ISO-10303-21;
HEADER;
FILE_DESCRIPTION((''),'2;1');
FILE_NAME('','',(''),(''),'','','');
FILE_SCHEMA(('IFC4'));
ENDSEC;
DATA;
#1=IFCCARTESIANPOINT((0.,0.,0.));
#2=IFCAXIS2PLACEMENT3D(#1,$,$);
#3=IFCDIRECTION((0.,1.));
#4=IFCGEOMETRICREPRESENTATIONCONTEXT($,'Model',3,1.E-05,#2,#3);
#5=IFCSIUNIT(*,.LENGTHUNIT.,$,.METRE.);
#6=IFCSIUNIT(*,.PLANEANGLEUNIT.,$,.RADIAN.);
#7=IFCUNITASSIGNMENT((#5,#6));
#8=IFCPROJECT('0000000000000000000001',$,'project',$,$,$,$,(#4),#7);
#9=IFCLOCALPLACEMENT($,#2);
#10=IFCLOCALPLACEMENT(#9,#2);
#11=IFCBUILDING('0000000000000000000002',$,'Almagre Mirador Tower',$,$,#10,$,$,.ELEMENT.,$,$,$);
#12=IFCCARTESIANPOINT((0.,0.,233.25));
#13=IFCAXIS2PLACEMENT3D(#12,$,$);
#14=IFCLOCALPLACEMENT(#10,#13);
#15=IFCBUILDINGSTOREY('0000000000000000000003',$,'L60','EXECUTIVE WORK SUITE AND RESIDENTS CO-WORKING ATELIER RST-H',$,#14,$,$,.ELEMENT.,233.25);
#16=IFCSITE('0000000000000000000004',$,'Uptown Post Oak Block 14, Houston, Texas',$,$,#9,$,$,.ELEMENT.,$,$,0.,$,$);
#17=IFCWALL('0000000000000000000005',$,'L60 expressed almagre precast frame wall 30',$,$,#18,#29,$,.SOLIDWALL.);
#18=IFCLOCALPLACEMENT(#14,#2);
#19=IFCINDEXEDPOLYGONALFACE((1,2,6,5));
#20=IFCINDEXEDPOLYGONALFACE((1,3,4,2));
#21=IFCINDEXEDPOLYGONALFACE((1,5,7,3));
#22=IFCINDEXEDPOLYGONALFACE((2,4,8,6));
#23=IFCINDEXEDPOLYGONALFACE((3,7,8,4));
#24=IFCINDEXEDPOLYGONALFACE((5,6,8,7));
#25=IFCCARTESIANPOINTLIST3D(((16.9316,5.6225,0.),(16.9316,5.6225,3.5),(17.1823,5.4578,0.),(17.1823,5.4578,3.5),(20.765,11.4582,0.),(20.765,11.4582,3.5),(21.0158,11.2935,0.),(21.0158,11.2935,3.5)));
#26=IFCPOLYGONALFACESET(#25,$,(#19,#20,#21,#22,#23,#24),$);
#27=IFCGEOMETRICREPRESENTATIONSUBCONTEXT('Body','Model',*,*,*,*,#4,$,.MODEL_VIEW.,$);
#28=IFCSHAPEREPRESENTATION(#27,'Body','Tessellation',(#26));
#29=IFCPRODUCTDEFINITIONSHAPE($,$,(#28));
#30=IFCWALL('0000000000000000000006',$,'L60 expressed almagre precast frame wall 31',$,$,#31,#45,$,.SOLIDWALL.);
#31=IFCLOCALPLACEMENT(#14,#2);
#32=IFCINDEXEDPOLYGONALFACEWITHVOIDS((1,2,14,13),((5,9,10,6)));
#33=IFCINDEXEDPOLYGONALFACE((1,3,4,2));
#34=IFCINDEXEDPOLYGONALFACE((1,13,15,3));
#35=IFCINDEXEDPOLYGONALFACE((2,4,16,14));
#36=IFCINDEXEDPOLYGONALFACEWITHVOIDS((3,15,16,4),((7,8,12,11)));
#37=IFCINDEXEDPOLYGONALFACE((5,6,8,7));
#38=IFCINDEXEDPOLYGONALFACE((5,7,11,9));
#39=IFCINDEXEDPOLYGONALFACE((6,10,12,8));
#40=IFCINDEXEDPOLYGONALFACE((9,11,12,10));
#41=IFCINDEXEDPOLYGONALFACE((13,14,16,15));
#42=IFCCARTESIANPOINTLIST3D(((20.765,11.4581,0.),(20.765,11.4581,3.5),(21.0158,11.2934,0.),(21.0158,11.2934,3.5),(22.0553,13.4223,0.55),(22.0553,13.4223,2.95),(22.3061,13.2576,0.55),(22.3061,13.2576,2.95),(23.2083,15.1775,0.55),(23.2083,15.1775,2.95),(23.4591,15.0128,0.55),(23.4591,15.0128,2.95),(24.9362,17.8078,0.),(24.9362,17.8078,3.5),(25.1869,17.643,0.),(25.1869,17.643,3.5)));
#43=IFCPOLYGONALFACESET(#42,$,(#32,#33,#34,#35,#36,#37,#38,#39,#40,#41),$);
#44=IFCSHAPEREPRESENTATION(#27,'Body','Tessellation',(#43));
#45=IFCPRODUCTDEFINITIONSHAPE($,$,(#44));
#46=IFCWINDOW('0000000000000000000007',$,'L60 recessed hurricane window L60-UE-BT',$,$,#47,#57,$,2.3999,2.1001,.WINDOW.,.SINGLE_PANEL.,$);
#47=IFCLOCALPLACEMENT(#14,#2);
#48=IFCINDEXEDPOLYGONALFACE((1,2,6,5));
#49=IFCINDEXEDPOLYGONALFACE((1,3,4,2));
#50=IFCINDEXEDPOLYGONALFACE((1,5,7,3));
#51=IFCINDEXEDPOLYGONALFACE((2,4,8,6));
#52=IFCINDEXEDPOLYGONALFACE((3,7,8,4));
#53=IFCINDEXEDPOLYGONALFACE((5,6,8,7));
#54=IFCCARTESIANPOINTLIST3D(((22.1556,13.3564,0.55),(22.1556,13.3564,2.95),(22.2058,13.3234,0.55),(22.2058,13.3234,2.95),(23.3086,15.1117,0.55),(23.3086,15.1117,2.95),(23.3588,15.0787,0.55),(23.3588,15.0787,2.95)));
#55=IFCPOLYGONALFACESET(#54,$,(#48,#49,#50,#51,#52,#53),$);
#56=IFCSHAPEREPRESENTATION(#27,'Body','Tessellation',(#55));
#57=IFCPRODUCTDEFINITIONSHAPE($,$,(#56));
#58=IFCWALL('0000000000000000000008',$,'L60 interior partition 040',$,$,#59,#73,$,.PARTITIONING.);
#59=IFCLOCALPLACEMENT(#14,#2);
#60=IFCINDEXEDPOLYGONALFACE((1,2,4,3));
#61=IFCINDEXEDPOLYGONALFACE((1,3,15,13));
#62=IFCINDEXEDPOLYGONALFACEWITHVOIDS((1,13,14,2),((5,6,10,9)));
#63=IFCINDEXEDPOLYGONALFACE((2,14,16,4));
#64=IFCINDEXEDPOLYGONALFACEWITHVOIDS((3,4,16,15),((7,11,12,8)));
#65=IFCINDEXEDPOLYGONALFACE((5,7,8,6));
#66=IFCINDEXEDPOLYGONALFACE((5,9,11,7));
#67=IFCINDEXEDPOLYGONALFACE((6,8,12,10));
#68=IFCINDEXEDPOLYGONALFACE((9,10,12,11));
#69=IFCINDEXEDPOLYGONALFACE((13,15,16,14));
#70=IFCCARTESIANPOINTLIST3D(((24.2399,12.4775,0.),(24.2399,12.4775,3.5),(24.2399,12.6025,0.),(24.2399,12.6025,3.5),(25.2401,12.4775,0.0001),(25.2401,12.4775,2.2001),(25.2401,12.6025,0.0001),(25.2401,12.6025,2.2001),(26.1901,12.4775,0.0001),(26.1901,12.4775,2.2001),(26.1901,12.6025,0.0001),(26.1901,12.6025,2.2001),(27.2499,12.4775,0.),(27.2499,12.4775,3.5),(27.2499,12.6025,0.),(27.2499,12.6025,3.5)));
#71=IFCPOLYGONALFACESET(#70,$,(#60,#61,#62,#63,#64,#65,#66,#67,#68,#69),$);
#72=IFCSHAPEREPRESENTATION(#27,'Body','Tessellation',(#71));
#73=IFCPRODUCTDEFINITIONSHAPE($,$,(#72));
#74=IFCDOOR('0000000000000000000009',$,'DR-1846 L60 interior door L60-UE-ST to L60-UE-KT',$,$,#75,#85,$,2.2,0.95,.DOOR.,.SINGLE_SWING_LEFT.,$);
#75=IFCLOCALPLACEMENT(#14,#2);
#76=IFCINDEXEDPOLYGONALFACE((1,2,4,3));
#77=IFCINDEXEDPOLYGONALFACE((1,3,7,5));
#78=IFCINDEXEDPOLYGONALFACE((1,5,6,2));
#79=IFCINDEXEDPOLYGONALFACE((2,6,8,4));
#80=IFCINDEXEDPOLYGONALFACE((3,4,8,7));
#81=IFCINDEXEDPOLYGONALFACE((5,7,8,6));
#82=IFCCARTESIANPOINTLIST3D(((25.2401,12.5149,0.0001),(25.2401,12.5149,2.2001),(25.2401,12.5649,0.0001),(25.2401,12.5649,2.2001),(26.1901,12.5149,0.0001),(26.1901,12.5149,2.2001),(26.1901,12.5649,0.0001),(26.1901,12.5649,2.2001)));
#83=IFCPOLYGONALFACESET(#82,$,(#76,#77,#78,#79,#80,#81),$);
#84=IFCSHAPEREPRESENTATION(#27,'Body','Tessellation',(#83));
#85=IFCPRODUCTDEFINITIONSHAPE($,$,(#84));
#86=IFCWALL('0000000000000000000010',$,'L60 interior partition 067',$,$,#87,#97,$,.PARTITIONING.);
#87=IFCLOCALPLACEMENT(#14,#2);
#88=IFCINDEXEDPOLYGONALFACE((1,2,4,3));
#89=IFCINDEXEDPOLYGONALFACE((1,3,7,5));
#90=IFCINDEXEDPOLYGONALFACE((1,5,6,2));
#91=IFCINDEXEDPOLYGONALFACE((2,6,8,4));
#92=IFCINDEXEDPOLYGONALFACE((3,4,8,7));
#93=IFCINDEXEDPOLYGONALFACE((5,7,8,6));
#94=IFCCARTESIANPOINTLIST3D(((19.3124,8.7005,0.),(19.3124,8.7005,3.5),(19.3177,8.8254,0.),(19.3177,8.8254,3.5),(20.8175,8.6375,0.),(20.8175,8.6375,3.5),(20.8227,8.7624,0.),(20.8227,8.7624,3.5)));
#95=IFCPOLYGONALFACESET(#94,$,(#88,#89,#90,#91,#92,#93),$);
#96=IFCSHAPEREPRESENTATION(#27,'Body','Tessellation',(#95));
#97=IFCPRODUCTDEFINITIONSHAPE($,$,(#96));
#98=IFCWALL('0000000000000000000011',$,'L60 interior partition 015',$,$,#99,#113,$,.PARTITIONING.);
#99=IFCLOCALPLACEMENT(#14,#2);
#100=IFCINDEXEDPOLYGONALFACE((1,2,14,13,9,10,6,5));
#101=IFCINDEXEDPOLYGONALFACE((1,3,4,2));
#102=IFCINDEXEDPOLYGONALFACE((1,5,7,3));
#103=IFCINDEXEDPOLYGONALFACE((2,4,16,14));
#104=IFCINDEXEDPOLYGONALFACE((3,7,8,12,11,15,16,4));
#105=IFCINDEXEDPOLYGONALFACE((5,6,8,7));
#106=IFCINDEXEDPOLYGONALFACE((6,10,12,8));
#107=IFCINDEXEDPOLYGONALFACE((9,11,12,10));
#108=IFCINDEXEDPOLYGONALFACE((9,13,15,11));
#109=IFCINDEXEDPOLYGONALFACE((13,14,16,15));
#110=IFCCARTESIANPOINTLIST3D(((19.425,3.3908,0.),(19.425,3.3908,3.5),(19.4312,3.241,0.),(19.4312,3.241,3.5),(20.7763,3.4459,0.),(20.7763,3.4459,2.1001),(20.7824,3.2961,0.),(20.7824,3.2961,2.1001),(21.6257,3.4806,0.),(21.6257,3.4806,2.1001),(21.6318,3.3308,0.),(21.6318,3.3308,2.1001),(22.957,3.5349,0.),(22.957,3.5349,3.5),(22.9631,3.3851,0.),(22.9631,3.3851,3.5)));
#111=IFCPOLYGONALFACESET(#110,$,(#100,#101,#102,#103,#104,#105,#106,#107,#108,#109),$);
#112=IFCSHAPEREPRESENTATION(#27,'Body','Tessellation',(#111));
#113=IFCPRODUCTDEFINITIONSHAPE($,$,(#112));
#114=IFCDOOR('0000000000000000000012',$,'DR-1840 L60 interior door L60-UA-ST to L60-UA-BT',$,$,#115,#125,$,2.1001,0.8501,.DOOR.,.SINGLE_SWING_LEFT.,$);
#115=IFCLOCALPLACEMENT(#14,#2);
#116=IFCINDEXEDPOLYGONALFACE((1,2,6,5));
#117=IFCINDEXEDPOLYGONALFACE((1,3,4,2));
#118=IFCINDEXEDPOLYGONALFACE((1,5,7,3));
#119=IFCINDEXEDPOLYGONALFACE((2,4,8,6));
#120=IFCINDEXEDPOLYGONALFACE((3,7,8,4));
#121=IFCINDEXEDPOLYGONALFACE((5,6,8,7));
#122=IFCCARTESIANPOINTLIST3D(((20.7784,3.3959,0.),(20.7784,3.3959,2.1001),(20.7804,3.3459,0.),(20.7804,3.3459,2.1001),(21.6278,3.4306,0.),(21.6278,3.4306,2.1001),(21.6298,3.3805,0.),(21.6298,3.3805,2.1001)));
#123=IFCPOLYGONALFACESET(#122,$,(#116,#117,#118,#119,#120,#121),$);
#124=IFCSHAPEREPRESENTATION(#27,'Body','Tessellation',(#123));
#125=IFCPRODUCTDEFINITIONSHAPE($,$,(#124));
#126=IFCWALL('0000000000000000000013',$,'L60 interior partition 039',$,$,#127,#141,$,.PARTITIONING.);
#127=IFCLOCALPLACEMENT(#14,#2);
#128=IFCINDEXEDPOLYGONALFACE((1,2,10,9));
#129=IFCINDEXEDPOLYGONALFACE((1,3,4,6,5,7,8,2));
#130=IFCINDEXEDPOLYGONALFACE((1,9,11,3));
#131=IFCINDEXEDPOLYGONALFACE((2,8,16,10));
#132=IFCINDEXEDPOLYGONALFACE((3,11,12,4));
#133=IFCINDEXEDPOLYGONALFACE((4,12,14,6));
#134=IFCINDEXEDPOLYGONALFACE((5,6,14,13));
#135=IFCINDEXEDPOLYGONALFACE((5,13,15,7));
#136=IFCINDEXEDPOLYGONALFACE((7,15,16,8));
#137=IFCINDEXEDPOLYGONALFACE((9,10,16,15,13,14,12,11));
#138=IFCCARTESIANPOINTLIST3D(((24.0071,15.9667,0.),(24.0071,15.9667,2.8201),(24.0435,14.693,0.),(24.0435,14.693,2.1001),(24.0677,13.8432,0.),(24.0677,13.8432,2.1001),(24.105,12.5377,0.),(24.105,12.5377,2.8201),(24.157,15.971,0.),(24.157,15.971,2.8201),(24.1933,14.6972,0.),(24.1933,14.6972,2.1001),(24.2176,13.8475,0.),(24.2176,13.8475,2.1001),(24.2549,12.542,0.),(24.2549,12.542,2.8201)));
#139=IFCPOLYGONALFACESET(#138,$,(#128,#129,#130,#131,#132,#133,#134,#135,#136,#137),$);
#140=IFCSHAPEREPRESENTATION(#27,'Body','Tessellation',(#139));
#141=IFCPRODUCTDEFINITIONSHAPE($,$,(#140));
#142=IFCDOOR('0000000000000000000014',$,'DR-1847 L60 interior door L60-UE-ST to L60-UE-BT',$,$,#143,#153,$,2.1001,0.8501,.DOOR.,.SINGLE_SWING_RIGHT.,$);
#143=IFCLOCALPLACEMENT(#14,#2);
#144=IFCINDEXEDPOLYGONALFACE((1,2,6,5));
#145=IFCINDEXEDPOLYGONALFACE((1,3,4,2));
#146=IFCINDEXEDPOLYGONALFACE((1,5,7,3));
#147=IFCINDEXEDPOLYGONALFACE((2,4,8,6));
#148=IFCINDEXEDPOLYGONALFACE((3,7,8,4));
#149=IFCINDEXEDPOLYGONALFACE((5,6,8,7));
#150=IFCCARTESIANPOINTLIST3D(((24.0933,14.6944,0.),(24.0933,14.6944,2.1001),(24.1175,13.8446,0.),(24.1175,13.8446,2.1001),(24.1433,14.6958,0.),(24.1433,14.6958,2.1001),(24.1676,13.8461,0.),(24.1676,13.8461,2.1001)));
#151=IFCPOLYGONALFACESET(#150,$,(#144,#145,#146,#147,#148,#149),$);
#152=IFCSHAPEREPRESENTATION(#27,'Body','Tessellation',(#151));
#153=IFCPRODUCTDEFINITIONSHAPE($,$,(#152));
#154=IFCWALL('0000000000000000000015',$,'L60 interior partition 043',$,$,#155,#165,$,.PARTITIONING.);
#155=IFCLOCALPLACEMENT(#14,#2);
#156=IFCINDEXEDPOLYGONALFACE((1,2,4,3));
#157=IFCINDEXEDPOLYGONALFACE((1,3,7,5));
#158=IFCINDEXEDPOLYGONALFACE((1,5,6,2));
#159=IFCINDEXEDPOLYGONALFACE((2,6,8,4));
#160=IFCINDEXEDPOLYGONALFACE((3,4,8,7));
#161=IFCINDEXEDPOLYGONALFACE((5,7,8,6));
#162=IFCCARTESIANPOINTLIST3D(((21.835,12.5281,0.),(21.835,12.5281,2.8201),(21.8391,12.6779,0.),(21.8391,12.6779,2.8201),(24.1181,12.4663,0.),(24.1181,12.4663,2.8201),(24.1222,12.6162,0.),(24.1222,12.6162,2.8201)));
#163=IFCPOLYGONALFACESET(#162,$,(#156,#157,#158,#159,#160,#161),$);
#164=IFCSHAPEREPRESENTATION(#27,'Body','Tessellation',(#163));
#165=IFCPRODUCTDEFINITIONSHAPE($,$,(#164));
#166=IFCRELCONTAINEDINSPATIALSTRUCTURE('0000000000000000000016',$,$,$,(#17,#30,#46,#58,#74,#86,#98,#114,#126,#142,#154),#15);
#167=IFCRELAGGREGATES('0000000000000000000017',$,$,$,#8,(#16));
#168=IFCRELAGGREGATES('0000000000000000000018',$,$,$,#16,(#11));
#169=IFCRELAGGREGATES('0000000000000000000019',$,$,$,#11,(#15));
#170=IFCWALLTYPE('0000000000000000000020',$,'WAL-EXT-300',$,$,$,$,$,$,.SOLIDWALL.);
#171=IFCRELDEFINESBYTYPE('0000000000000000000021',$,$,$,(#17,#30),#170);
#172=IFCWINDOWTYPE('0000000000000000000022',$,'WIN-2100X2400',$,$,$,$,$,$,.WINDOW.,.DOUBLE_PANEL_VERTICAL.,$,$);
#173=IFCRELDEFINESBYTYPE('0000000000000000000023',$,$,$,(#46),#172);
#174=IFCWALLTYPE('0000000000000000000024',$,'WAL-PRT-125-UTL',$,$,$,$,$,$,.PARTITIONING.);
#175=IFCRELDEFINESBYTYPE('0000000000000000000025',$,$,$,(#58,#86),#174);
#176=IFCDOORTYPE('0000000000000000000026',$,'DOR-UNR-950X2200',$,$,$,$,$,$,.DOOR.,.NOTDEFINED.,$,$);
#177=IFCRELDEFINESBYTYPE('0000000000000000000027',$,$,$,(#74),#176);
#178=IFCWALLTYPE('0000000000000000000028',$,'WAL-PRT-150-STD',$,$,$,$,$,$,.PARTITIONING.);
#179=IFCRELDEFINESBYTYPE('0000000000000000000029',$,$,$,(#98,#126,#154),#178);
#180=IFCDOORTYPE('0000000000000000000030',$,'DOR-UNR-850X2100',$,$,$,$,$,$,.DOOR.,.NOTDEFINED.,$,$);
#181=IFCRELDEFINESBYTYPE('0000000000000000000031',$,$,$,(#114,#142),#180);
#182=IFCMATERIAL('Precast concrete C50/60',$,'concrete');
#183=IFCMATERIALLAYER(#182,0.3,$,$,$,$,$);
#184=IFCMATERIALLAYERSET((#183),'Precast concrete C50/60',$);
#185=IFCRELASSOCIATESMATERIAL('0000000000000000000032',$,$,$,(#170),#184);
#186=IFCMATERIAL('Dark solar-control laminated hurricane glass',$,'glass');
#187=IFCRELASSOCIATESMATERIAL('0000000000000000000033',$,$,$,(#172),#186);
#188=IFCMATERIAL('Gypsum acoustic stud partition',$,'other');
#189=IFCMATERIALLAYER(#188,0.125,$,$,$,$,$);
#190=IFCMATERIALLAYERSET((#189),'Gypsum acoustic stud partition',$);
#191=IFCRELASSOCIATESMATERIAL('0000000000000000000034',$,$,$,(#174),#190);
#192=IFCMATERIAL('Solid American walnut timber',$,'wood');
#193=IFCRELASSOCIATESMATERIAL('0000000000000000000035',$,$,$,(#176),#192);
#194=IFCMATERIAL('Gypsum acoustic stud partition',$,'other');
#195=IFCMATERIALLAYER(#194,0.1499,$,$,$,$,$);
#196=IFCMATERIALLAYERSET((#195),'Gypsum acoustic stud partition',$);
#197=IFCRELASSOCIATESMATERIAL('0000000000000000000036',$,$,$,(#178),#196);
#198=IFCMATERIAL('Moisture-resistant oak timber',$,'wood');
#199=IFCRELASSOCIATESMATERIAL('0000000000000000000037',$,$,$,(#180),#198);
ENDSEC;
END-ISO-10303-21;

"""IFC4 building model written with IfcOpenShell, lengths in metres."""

from ifc_helpers import new_model, si_unit, direction, frame, frame_2d, origin, place, context, subcontext, project, spatial, rectangle, extrude, material, layer, layer_set, type_object, element, fill, save


model = new_model("IFC4")

# Units and contexts
model_context = context("Model", 3, precision=1e-05, world=origin(), true_north=direction((0.0, 1.0)))
body_context = subcontext(model_context, "Body", "Model", "MODEL_VIEW")
ifc_project = project(units=[si_unit("LENGTHUNIT", "METRE"), si_unit("PLANEANGLEUNIT", "RADIAN")], contexts=[model_context])

# Site, building, storey
site_placement = place(None, origin())
site = spatial("IfcSite", under=ifc_project, at=site_placement, Name="Uptown Post Oak Block 14, Houston, Texas", CompositionType="ELEMENT", RefElevation=0.0)
building_placement = place(site_placement, origin())
building = spatial("IfcBuilding", under=site, at=building_placement, Name="Almagre Mirador Tower", CompositionType="ELEMENT")
storey_placement = place(building_placement, frame((0.0, 0.0, 233.25)))
storey = spatial("IfcBuildingStorey", under=building, at=storey_placement, Name="L60", Description="EXECUTIVE WORK SUITE AND RESIDENTS CO-WORKING ATELIER RST-H", CompositionType="ELEMENT", Elevation=233.25)

# Wall
ifc_material_1 = material(Name="Precast concrete C50/60", Category="concrete")
ifc_layer_1 = layer(ifc_material_1, 0.3)
ifc_layer_set_1 = layer_set([ifc_layer_1], Name="Precast concrete C50/60")
wall_type_1 = type_object("IfcWallType", Name="WAL-EXT-300", PredefinedType="SOLIDWALL", material=ifc_layer_set_1)
wall_1_placement = place(storey_placement, frame((17.0569, 5.54, 0.0), z_axis=(0.0, 0.0, 1.0), x_axis=(0.549039, 0.835797, 0.0)))
element("IfcWall", 1, at=wall_1_placement, inside=storey, type_object=wall_type_1, Name="L60 expressed almagre precast frame wall 30", PredefinedType="SOLIDWALL", context=body_context, shape_type="SweptSolid", body=[
    extrude(rectangle(XDim=6.9822, YDim=0.3, at=frame_2d((3.4912, 0.0))), origin(), (0.0, 0.0, 1.0), 3.5),
])

# Wall, opening, window
wall_2_placement = place(storey_placement, frame((20.8904, 11.3757, 0.0), z_axis=(0.0, 0.0, 1.0), x_axis=(0.549044, 0.835794, 0.0)))
wall_2 = element("IfcWall", 2, at=wall_2_placement, inside=storey, type_object=wall_type_1, Name="L60 expressed almagre precast frame wall 31", PredefinedType="SOLIDWALL", context=body_context, shape_type="SweptSolid", body=[
    extrude(rectangle(XDim=7.5972, YDim=0.3, at=frame_2d((3.7986, 0.0))), origin(), (0.0, 0.0, 1.0), 3.5),
])
opening_1_placement = place(wall_2_placement, frame((2.3501, 0.0, 0.55)))
opening_1 = element("IfcOpeningElement", 3, at=opening_1_placement, cuts=wall_2, PredefinedType="OPENING", context=body_context, shape_type="SweptSolid", body=[
    extrude(rectangle(XDim=2.1001, YDim=2.3999, at=frame_2d((1.05, 1.2))), frame((0.0, 0.1599, 0.0), z_axis=(0.0, -1.0, 0.0), x_axis=(1.0, 0.0, 0.0)), (0.0, 0.0, 1.0), 0.32),
])
ifc_material_2 = material(Name="Dark solar-control laminated hurricane glass", Category="glass")
window_type = type_object("IfcWindowType", Name="WIN-2100X2400", PartitioningType="DOUBLE_PANEL_VERTICAL", PredefinedType="WINDOW", material=ifc_material_2)
window_placement = place(opening_1_placement, origin())
window = element("IfcWindow", 4, at=window_placement, inside=storey, type_object=window_type, Name="L60 recessed hurricane window L60-UE-BT", OverallHeight=2.3999, OverallWidth=2.1001, PartitioningType="SINGLE_PANEL", PredefinedType="WINDOW", context=body_context, shape_type="SweptSolid", body=[
    extrude(rectangle(XDim=2.1001, YDim=2.3999, at=frame_2d((1.05, 1.2))), frame((0.0, 0.03, 0.0), z_axis=(0.0, -1.0, 0.0), x_axis=(1.0, 0.0, 0.0)), (0.0, 0.0, 1.0), 0.0601),
])
fill(opening_1, window)

# Wall, opening, door
ifc_material_3 = material(Name="Gypsum acoustic stud partition", Category="other")
ifc_layer_2 = layer(ifc_material_3, 0.125)
ifc_layer_set_2 = layer_set([ifc_layer_2], Name="Gypsum acoustic stud partition")
wall_type_2 = type_object("IfcWallType", Name="WAL-PRT-125-UTL", PredefinedType="PARTITIONING", material=ifc_layer_set_2)
wall_3_placement = place(storey_placement, frame((24.24, 12.54, 0.0), z_axis=(0.0, 0.0, 1.0), x_axis=(1.0, 0.0, 0.0)))
wall_3 = element("IfcWall", 5, at=wall_3_placement, inside=storey, type_object=wall_type_2, Name="L60 interior partition 040", PredefinedType="PARTITIONING", context=body_context, shape_type="SweptSolid", body=[
    extrude(rectangle(XDim=3.01, YDim=0.125, at=frame_2d((1.5049, 0.0))), origin(), (0.0, 0.0, 1.0), 3.5),
])
opening_2_placement = place(wall_3_placement, frame((1.0, 0.0, 0.0)))
opening_2 = element("IfcOpeningElement", 6, at=opening_2_placement, cuts=wall_3, PredefinedType="OPENING", context=body_context, shape_type="SweptSolid", body=[
    extrude(rectangle(XDim=0.95, YDim=2.2, at=frame_2d((0.4751, 1.1001))), frame((0.0, 0.0725, 0.0), z_axis=(0.0, -1.0, 0.0), x_axis=(1.0, 0.0, 0.0)), (0.0, 0.0, 1.0), 0.145),
])
ifc_material_4 = material(Name="Solid American walnut timber", Category="wood")
door_type_1 = type_object("IfcDoorType", Name="DOR-UNR-950X2200", OperationType="NOTDEFINED", PredefinedType="DOOR", material=ifc_material_4)
door_1_placement = place(opening_2_placement, origin())
door_1 = element("IfcDoor", 7, at=door_1_placement, inside=storey, type_object=door_type_1, Name="DR-1846 L60 interior door L60-UE-ST to L60-UE-KT", OperationType="SINGLE_SWING_LEFT", OverallHeight=2.2, OverallWidth=0.95, PredefinedType="DOOR", context=body_context, shape_type="SweptSolid", body=[
    extrude(rectangle(XDim=0.95, YDim=2.2, at=frame_2d((0.4751, 1.1001))), frame((0.0, 0.0249, 0.0), z_axis=(0.0, -1.0, 0.0), x_axis=(1.0, 0.0, 0.0)), (0.0, 0.0, 1.0), 0.05),
])
fill(opening_2, door_1)

# Wall
wall_4_placement = place(storey_placement, frame((20.8201, 8.7, 0.0), z_axis=(0.0, 0.0, 1.0), x_axis=(-0.999125, 0.041813, 0.0)))
element("IfcWall", 8, at=wall_4_placement, inside=storey, type_object=wall_type_2, Name="L60 interior partition 067", PredefinedType="PARTITIONING", context=body_context, shape_type="SweptSolid", body=[
    extrude(rectangle(XDim=1.5063, YDim=0.125, at=frame_2d((0.7532, 0.0))), origin(), (0.0, 0.0, 1.0), 3.5),
])

# Walls, openings, doors
ifc_material_5 = material(Name="Gypsum acoustic stud partition", Category="other")
ifc_layer_3 = layer(ifc_material_5, 0.1499)
ifc_layer_set_3 = layer_set([ifc_layer_3], Name="Gypsum acoustic stud partition")
wall_type_3 = type_object("IfcWallType", Name="WAL-PRT-150-STD", PredefinedType="PARTITIONING", material=ifc_layer_set_3)
wall_5_placement = place(storey_placement, frame((19.428, 3.3159, 0.0), z_axis=(0.0, 0.0, 1.0), x_axis=(0.999169, 0.040749, 0.0)))
wall_5 = element("IfcWall", 9, at=wall_5_placement, inside=storey, type_object=wall_type_3, Name="L60 interior partition 015", PredefinedType="PARTITIONING", context=body_context, shape_type="SweptSolid", body=[
    extrude(rectangle(XDim=3.5349, YDim=0.1499, at=frame_2d((1.7676, 0.0))), origin(), (0.0, 0.0, 1.0), 3.5),
])
opening_3_placement = place(wall_5_placement, frame((1.3525, 0.0, 0.0)))
opening_3 = element("IfcOpeningElement", 10, at=opening_3_placement, cuts=wall_5, PredefinedType="OPENING", context=body_context, shape_type="SweptSolid", body=[
    extrude(rectangle(XDim=0.8501, YDim=2.1001, at=frame_2d((0.425, 1.05))), frame((0.0, 0.085, 0.0), z_axis=(0.0, -1.0, 0.0), x_axis=(1.0, 0.0, 0.0)), (0.0, 0.0, 1.0), 0.1699),
])
ifc_material_6 = material(Name="Moisture-resistant oak timber", Category="wood")
door_type_2 = type_object("IfcDoorType", Name="DOR-UNR-850X2100", OperationType="NOTDEFINED", PredefinedType="DOOR", material=ifc_material_6)
door_2_placement = place(opening_3_placement, origin())
door_2 = element("IfcDoor", 11, at=door_2_placement, inside=storey, type_object=door_type_2, Name="DR-1840 L60 interior door L60-UA-ST to L60-UA-BT", OperationType="SINGLE_SWING_LEFT", OverallHeight=2.1001, OverallWidth=0.8501, PredefinedType="DOOR", context=body_context, shape_type="SweptSolid", body=[
    extrude(rectangle(XDim=0.8501, YDim=2.1001, at=frame_2d((0.425, 1.05))), frame((0.0, 0.0249, 0.0), z_axis=(0.0, -1.0, 0.0), x_axis=(1.0, 0.0, 0.0)), (0.0, 0.0, 1.0), 0.05),
])
fill(opening_3, door_2)
wall_6_placement = place(storey_placement, frame((24.082, 15.969, 0.0), z_axis=(0.0, 0.0, 1.0), x_axis=(0.028539, -0.999593, 0.0)))
wall_6 = element("IfcWall", 12, at=wall_6_placement, inside=storey, type_object=wall_type_3, Name="L60 interior partition 039", PredefinedType="PARTITIONING", context=body_context, shape_type="SweptSolid", body=[
    extrude(rectangle(XDim=3.4304, YDim=0.1499, at=frame_2d((1.7153, 0.0))), origin(), (0.0, 0.0, 1.0), 2.8201),
])
opening_4_placement = place(wall_6_placement, frame((1.2744, 0.0, 0.0)))
opening_4 = element("IfcOpeningElement", 13, at=opening_4_placement, cuts=wall_6, PredefinedType="OPENING", context=body_context, shape_type="SweptSolid", body=[
    extrude(rectangle(XDim=0.8501, YDim=2.1001, at=frame_2d((0.425, 1.05))), frame((0.0, 0.085, 0.0), z_axis=(0.0, -1.0, 0.0), x_axis=(1.0, 0.0, 0.0)), (0.0, 0.0, 1.0), 0.1699),
])
door_3_placement = place(opening_4_placement, origin())
door_3 = element("IfcDoor", 14, at=door_3_placement, inside=storey, type_object=door_type_2, Name="DR-1847 L60 interior door L60-UE-ST to L60-UE-BT", OperationType="SINGLE_SWING_RIGHT", OverallHeight=2.1001, OverallWidth=0.8501, PredefinedType="DOOR", context=body_context, shape_type="SweptSolid", body=[
    extrude(rectangle(XDim=0.8501, YDim=2.1001, at=frame_2d((0.425, 1.05))), frame((0.0, 0.0249, 0.0), z_axis=(0.0, -1.0, 0.0), x_axis=(1.0, 0.0, 0.0)), (0.0, 0.0, 1.0), 0.05),
])
fill(opening_4, door_3)

# Wall
wall_7_placement = place(storey_placement, frame((21.8369, 12.603, 0.0), z_axis=(0.0, 0.0, 1.0), x_axis=(0.999634, -0.027043, 0.0)))
element("IfcWall", 15, at=wall_7_placement, inside=storey, type_object=wall_type_3, Name="L60 interior partition 043", PredefinedType="PARTITIONING", context=body_context, shape_type="SweptSolid", body=[
    extrude(rectangle(XDim=2.2839, YDim=0.1499, at=frame_2d((1.1421, 0.0))), origin(), (0.0, 0.0, 1.0), 2.8201),
])

save(model, "model.ifc")
